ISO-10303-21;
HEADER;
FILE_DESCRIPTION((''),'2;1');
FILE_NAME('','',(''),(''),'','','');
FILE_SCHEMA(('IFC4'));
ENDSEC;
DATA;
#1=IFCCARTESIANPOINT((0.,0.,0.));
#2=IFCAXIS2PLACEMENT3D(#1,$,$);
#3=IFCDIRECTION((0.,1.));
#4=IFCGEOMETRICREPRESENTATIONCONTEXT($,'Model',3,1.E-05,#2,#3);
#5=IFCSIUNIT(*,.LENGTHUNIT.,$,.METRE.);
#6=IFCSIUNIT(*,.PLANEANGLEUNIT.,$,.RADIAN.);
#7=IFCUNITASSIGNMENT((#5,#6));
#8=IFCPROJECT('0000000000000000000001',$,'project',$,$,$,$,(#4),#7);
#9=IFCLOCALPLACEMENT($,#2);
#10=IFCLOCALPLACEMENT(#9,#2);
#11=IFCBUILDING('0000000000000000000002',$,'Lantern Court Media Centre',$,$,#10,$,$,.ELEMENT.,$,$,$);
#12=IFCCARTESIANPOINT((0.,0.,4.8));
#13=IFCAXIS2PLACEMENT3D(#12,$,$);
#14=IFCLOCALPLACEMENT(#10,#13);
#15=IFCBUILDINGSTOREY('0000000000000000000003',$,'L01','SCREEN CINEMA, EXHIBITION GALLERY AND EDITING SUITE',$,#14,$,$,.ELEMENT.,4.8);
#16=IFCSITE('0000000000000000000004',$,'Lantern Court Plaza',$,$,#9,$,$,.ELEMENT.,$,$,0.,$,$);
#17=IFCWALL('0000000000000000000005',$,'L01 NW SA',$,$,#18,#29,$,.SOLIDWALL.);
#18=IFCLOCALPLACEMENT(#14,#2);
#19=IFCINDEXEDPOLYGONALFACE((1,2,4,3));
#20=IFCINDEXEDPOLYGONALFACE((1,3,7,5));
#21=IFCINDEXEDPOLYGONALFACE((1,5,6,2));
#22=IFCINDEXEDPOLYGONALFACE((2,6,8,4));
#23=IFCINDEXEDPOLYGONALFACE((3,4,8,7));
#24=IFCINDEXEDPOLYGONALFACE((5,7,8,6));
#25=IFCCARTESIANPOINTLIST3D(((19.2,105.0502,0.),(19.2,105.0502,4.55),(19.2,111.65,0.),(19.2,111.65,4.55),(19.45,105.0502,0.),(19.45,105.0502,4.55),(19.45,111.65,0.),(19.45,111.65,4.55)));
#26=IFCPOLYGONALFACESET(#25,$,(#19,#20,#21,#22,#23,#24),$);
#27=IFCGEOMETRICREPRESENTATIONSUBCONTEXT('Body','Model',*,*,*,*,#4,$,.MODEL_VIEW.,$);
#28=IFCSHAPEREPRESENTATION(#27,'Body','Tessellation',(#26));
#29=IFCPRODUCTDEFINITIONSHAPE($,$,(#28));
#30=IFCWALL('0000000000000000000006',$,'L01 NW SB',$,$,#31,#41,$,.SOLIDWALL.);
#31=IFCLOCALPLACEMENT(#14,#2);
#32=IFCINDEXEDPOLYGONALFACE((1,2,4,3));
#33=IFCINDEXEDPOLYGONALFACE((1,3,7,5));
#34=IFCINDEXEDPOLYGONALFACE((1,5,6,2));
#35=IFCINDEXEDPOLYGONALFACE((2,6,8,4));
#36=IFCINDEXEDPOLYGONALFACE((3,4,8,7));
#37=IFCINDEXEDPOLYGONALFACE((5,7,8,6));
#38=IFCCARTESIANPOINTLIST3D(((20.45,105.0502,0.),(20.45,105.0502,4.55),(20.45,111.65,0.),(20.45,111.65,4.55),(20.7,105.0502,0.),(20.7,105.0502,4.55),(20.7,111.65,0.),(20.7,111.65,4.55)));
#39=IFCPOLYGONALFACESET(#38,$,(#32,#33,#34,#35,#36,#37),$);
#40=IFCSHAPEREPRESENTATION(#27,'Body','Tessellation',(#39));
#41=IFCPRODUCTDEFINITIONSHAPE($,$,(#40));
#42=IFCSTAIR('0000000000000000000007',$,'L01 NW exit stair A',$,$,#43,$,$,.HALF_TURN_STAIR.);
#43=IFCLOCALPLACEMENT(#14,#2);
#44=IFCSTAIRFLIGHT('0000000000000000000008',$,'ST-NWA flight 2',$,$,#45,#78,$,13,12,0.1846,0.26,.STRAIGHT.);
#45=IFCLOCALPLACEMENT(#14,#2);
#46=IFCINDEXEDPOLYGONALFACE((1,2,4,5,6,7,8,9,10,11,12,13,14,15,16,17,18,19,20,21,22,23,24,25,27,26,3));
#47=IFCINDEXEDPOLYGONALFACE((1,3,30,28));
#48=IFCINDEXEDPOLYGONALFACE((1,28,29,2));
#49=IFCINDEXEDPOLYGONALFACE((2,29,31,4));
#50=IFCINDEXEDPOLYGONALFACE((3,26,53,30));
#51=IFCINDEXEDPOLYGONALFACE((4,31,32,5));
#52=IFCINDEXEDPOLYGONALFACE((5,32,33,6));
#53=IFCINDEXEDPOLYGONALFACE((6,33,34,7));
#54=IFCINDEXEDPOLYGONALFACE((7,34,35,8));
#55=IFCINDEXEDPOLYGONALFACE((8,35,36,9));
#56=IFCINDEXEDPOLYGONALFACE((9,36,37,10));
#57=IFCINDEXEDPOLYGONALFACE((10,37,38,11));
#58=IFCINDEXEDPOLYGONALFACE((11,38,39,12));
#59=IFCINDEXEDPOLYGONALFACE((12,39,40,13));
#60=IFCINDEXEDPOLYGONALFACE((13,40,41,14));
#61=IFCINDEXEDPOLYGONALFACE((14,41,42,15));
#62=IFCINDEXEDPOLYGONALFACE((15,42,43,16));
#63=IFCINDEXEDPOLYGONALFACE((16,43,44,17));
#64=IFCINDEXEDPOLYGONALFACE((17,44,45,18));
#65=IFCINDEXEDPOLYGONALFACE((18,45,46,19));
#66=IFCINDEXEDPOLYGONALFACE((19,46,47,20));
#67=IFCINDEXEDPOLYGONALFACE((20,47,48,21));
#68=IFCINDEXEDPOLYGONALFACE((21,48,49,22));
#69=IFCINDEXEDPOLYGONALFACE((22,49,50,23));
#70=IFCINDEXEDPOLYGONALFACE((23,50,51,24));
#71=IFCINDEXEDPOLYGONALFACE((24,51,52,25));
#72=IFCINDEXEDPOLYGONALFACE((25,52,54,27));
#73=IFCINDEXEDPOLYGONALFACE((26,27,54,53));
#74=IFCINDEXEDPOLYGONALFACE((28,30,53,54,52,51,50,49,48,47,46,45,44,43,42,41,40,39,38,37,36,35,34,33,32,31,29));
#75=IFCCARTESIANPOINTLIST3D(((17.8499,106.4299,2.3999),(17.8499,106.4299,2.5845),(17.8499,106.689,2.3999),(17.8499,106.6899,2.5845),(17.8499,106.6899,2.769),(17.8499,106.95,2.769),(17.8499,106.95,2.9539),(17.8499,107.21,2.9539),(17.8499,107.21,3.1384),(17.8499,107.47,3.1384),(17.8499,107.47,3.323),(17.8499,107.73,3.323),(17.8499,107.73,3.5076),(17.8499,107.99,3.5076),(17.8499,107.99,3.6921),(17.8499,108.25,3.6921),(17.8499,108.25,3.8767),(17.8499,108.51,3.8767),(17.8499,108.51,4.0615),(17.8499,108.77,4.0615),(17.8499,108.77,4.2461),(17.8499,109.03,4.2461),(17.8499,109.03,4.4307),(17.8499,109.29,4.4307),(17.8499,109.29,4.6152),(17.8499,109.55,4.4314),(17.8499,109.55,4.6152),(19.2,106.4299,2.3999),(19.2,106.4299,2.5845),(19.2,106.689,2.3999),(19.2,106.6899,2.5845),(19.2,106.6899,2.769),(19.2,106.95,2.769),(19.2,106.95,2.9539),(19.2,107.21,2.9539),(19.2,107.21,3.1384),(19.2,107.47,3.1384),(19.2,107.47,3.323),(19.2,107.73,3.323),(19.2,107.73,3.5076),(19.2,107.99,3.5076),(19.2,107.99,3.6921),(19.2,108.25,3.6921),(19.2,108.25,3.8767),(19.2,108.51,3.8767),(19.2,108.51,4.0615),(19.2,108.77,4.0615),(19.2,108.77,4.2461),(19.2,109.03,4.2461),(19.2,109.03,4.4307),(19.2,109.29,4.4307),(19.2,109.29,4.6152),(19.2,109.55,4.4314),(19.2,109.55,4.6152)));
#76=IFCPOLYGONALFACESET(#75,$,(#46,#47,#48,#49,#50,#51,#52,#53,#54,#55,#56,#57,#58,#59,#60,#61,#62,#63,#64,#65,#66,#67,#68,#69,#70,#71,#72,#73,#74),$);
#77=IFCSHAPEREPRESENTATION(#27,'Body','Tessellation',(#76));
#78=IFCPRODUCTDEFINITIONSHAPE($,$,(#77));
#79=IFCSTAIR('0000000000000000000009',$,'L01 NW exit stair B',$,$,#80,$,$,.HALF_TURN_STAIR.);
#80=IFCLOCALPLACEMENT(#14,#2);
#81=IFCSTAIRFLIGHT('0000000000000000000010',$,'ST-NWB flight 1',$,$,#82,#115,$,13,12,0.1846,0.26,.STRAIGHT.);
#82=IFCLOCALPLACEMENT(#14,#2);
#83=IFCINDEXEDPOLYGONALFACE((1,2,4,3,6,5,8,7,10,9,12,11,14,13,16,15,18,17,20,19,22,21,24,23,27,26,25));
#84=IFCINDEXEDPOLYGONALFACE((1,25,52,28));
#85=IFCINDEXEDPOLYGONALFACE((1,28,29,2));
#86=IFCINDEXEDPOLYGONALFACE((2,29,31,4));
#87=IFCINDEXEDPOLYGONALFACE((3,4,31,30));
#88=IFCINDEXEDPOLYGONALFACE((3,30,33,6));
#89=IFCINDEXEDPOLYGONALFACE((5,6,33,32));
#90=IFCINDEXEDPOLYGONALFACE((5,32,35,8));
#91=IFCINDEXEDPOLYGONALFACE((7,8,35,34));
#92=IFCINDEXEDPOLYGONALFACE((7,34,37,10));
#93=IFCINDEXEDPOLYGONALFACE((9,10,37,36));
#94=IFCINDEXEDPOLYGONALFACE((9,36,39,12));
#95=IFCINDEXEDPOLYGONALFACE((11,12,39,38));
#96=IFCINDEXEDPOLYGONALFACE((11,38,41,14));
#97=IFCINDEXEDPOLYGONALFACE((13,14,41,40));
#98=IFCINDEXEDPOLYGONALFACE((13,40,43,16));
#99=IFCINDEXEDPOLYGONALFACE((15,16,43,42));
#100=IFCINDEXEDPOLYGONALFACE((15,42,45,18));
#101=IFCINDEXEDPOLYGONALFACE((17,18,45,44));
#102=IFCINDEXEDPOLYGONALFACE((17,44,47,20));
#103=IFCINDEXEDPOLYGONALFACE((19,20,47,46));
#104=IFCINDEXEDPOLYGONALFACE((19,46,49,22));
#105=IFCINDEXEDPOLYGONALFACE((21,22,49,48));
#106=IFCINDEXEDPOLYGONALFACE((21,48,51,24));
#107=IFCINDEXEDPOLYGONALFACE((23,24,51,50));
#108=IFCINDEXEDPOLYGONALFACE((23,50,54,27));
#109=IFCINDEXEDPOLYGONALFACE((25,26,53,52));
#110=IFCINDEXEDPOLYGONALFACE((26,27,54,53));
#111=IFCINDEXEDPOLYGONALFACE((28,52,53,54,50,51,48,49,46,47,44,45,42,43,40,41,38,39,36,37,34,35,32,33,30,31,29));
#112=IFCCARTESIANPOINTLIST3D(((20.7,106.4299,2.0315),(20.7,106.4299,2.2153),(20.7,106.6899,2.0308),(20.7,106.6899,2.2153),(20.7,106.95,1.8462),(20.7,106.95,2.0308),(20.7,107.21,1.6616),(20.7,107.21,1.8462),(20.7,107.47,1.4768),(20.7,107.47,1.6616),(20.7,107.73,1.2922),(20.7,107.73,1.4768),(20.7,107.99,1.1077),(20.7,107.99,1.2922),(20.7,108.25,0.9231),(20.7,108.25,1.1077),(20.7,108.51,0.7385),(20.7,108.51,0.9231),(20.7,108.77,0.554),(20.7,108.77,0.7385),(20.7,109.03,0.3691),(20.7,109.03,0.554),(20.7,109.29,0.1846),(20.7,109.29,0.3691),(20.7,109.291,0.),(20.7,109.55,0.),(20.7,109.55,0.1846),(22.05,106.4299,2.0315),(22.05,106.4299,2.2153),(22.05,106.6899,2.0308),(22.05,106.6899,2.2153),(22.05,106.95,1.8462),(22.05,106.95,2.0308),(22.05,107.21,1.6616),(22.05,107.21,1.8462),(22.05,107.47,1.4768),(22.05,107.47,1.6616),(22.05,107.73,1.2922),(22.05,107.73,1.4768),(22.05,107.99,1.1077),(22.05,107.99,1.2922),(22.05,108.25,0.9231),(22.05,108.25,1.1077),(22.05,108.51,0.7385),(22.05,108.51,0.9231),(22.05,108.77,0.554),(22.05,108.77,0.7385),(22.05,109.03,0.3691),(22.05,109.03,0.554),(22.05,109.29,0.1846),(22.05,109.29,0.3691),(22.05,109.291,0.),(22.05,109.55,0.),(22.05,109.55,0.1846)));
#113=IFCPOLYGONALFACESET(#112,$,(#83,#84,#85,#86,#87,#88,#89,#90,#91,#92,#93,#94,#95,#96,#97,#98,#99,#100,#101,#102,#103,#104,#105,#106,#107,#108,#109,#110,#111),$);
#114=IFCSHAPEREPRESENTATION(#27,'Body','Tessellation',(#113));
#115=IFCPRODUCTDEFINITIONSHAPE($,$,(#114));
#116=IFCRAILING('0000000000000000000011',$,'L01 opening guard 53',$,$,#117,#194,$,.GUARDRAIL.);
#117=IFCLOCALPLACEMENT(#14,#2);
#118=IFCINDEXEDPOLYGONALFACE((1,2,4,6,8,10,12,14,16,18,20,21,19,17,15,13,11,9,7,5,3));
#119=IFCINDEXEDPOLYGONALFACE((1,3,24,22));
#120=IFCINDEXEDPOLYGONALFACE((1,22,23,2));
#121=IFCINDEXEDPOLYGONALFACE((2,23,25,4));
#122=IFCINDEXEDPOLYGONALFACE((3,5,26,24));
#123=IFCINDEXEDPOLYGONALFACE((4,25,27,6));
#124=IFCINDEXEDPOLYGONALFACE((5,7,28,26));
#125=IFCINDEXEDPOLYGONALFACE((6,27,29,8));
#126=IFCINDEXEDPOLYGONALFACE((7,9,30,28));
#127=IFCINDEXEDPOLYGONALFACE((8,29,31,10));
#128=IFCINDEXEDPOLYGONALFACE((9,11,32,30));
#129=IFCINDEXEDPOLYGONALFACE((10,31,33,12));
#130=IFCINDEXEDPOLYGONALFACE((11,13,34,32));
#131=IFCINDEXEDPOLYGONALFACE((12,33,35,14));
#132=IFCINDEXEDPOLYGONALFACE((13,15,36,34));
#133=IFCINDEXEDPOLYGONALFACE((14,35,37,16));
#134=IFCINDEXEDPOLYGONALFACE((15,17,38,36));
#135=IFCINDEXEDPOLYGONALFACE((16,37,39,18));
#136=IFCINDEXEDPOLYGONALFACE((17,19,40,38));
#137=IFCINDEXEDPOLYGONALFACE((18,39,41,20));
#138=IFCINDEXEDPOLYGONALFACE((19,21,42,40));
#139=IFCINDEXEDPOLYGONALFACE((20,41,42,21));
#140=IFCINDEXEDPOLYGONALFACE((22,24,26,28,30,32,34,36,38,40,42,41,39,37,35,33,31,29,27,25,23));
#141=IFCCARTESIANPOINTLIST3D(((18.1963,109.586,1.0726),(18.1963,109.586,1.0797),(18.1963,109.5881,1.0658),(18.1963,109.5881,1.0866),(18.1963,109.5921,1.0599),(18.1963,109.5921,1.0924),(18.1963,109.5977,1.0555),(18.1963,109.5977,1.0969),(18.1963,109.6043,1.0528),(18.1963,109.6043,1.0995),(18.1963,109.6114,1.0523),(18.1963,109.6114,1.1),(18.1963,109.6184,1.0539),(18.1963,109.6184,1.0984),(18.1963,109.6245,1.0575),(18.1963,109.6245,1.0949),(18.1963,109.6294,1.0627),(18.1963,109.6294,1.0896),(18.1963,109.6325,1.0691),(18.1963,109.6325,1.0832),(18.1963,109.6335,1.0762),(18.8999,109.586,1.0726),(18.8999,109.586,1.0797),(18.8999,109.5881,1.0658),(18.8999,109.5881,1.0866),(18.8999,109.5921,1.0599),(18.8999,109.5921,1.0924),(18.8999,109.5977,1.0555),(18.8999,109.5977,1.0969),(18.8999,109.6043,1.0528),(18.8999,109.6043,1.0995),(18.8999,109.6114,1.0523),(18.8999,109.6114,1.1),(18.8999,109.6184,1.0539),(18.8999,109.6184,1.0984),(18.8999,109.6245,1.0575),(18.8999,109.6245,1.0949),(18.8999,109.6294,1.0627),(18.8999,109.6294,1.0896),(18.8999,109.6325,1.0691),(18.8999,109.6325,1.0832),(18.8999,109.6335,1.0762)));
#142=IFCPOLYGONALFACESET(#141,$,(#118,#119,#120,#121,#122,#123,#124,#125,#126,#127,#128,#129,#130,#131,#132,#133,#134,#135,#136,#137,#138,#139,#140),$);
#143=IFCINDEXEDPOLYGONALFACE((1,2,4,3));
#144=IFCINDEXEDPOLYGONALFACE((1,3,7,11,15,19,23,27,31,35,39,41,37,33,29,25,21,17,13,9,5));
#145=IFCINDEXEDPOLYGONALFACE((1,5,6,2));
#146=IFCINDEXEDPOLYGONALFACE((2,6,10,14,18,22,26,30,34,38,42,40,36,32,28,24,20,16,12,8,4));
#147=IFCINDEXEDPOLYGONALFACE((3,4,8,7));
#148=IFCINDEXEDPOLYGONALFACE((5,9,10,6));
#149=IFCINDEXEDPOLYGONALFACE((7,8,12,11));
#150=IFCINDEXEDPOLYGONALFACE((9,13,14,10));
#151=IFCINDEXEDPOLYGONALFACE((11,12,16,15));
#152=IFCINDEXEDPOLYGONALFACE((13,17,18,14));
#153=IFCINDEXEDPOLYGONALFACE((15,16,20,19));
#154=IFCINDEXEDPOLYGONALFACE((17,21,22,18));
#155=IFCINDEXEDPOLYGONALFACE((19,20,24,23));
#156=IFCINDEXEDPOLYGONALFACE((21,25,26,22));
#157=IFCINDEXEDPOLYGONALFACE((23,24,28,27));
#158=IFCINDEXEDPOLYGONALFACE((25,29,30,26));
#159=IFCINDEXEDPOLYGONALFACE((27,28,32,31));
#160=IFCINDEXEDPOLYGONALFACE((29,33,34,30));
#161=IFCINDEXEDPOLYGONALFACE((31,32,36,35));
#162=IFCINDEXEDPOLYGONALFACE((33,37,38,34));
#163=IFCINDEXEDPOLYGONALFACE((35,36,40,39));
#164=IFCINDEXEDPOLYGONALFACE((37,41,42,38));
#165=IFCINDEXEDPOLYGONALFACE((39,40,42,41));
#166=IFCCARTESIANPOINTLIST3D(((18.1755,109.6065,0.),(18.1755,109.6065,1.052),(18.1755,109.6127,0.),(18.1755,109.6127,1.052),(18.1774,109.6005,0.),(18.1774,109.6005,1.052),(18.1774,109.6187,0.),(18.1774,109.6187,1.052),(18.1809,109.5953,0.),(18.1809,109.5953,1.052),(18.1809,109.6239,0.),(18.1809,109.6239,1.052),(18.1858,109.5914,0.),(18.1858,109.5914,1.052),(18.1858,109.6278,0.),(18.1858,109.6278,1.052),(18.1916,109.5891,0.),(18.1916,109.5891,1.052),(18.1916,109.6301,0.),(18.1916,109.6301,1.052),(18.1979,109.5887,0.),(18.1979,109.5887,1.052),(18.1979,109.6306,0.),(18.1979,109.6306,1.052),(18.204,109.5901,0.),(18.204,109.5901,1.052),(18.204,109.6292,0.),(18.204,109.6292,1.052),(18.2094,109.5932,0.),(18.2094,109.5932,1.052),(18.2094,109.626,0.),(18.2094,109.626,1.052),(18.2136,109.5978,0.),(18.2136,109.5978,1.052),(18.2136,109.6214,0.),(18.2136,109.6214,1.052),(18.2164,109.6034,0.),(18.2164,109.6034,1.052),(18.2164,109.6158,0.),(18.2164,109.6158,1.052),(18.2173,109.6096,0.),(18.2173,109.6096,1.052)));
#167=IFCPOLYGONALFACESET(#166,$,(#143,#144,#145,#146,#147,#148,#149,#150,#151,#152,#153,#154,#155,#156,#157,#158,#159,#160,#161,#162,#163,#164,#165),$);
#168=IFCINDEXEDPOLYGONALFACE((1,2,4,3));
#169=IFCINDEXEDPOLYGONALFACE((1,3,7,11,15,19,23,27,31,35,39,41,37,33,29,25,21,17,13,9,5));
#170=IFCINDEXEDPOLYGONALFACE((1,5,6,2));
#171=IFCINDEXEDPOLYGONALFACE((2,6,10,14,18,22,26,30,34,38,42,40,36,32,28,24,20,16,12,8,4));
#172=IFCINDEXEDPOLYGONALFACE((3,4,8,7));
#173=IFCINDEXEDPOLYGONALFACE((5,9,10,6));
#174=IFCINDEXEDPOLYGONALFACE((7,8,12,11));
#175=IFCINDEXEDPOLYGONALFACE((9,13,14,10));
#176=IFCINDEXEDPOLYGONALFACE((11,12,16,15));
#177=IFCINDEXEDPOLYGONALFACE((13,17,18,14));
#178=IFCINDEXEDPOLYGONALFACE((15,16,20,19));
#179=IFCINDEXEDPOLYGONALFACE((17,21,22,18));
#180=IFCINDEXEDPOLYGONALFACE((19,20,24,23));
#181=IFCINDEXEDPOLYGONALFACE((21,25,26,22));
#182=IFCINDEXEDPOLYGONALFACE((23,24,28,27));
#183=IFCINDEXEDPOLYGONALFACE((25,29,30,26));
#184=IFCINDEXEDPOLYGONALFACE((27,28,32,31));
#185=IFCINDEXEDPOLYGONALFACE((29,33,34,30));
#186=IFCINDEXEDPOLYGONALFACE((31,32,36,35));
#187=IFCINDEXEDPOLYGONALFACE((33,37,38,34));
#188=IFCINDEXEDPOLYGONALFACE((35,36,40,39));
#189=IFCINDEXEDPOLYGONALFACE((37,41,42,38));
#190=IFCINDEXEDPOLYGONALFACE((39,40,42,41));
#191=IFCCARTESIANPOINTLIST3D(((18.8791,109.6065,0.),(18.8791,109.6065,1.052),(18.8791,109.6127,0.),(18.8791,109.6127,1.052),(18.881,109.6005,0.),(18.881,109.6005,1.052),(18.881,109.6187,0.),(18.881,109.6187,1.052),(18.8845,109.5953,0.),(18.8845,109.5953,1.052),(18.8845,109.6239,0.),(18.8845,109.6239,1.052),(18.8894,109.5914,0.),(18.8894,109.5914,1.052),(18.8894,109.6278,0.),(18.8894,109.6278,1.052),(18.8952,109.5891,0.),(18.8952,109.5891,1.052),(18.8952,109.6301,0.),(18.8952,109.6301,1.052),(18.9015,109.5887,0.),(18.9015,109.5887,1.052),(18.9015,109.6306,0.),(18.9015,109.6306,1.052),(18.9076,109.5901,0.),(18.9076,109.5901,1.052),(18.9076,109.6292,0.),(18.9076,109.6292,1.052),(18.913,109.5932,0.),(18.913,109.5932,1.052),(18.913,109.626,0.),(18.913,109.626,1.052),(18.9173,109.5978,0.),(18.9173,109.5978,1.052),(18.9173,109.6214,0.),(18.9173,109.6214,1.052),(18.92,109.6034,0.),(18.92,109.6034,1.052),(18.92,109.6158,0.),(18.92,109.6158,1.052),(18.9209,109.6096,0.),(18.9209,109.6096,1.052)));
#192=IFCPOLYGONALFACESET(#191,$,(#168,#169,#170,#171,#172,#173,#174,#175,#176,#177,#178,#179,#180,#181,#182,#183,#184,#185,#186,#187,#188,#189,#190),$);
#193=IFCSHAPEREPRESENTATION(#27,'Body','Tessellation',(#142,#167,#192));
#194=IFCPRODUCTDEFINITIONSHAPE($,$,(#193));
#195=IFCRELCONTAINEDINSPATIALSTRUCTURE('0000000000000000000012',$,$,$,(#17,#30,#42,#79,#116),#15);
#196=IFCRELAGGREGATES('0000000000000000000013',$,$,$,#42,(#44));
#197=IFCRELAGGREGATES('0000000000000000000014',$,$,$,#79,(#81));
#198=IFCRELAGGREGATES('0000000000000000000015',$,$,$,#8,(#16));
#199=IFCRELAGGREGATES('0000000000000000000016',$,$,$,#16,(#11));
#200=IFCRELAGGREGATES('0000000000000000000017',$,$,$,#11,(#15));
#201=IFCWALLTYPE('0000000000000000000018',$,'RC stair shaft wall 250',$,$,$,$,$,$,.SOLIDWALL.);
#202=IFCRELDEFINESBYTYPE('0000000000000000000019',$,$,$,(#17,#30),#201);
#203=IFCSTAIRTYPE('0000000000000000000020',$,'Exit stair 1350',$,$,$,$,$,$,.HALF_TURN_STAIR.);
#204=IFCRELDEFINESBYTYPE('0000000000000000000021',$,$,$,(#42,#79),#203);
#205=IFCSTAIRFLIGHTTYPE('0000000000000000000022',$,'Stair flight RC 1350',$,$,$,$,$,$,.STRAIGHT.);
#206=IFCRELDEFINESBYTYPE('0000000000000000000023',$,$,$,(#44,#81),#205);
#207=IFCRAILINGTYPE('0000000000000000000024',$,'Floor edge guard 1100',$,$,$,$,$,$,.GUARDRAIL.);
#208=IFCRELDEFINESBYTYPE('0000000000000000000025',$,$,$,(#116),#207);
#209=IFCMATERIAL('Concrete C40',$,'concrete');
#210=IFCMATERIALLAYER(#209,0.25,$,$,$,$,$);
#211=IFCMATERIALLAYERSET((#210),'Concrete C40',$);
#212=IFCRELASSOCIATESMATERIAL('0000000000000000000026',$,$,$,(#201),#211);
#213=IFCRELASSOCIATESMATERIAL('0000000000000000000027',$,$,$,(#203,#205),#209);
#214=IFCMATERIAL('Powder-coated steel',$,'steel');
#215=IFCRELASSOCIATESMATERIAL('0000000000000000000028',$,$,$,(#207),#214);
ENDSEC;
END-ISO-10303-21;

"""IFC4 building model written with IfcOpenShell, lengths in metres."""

from ifc_helpers import new_model, si_unit, direction, frame, frame_2d, origin, origin_2d, place, context, subcontext, project, spatial, polyline, rectangle, circle, outline, extrude, material, layer, layer_set, type_object, element, aggregate, save


model = new_model("IFC4")

# Units and contexts
model_context = context("Model", 3, precision=1e-05, world=origin(), true_north=direction((0.0, 1.0)))
body_context = subcontext(model_context, "Body", "Model", "MODEL_VIEW")
ifc_project = project(units=[si_unit("LENGTHUNIT", "METRE"), si_unit("PLANEANGLEUNIT", "RADIAN")], contexts=[model_context])

# Site, building, storey
site_placement = place(None, origin())
site = spatial("IfcSite", under=ifc_project, at=site_placement, Name="Lantern Court Plaza", CompositionType="ELEMENT", RefElevation=0.0)
building_placement = place(site_placement, origin())
building = spatial("IfcBuilding", under=site, at=building_placement, Name="Lantern Court Media Centre", CompositionType="ELEMENT")
storey_placement = place(building_placement, frame((0.0, 0.0, 4.8)))
storey = spatial("IfcBuildingStorey", under=building, at=storey_placement, Name="L01", Description="SCREEN CINEMA, EXHIBITION GALLERY AND EDITING SUITE", CompositionType="ELEMENT", Elevation=4.8)

# Walls
ifc_material_1 = material(Name="Concrete C40", Category="concrete")
ifc_layer_1 = layer(ifc_material_1, 0.25)
ifc_layer_set_1 = layer_set([ifc_layer_1], Name="Concrete C40")
wall_type = type_object("IfcWallType", Name="RC stair shaft wall 250", PredefinedType="SOLIDWALL", material=ifc_layer_set_1)
for number, where, z_axis, x_axis, name in (
    (1, (19.325, 111.6499, 0.0), (0.0, 0.0, 1.0), (0.0, -1.0, 0.0), "L01 NW SA"),
    (2, (20.575, 111.6499, 0.0), (0.0, 0.0, 1.0), (0.0, -1.0, 0.0), "L01 NW SB"),
):
    element("IfcWall", number, at=place(storey_placement, frame(where, z_axis=z_axis, x_axis=x_axis)), inside=storey, type_object=wall_type, Name=name, PredefinedType="SOLIDWALL", context=body_context, shape_type="SweptSolid", body=[
        extrude(rectangle(XDim=6.5999, YDim=0.25, at=frame_2d((3.2998, 0.0))), origin(), (0.0, 0.0, 1.0), 4.55),
    ])

# Stairs, stair flights
stair_type = type_object("IfcStairType", Name="Exit stair 1350", PredefinedType="HALF_TURN_STAIR", material=ifc_material_1)
stair_1_placement = place(storey_placement, origin())
stair_1 = element("IfcStair", 3, at=stair_1_placement, inside=storey, type_object=stair_type, Name="L01 NW exit stair A", PredefinedType="HALF_TURN_STAIR")
stair_flight_type = type_object("IfcStairFlightType", Name="Stair flight RC 1350", PredefinedType="STRAIGHT", material=ifc_material_1)
stair_flight_1_placement = place(storey_placement, frame((18.5249, 106.4299, 2.3999), z_axis=(0.0, 0.0, 1.0), x_axis=(0.0, 1.0, 0.0)))
stair_flight_1 = element("IfcStairFlight", 4, at=stair_flight_1_placement, type_object=stair_flight_type, Name="ST-NWA flight 2", NumberOfRisers=13, NumberOfTreads=12, PredefinedType="STRAIGHT", RiserHeight=0.1846, TreadLength=0.26, context=body_context, shape_type="SweptSolid", body=[
    extrude(outline(polyline([(0.0, 0.0), (0.0, 0.1846), (0.26, 0.1846), (0.26, 0.3691), (0.52, 0.3691), (0.52, 0.554), (0.78, 0.554), (0.78, 0.7385), (1.04, 0.7385), (1.04, 0.9231), (1.3, 0.9231), (1.3, 1.1077), (1.5601, 1.1077), (1.5601, 1.2922), (1.8201, 1.2922), (1.8201, 1.4768), (2.0801, 1.4768), (2.0801, 1.6616), (2.3401, 1.6616), (2.3401, 1.8462), (2.6001, 1.8462), (2.6001, 2.0308), (2.8601, 2.0308), (2.8601, 2.2153), (3.1201, 2.2153), (3.1201, 2.3999), (3.1201, 2.0315), (0.259, 0.0), (0.0, 0.0)])), frame((0.0, 0.675, 0.0), z_axis=(0.0, -1.0, 0.0), x_axis=(1.0, 0.0, 0.0)), (0.0, 0.0, 1.0), 1.3501),
])
aggregate(stair_1, [stair_flight_1])
stair_2_placement = place(storey_placement, origin())
stair_2 = element("IfcStair", 5, at=stair_2_placement, inside=storey, type_object=stair_type, Name="L01 NW exit stair B", PredefinedType="HALF_TURN_STAIR")
stair_flight_2_placement = place(storey_placement, frame((21.375, 109.55, 0.0), z_axis=(0.0, 0.0, 1.0), x_axis=(0.0, -1.0, 0.0)))
stair_flight_2 = element("IfcStairFlight", 6, at=stair_flight_2_placement, type_object=stair_flight_type, Name="ST-NWB flight 1", NumberOfRisers=13, NumberOfTreads=12, PredefinedType="STRAIGHT", RiserHeight=0.1846, TreadLength=0.26, context=body_context, shape_type="SweptSolid", body=[
    extrude(outline(polyline([(0.0, 0.0), (0.0, 0.1846), (0.26, 0.1846), (0.26, 0.3691), (0.52, 0.3691), (0.52, 0.554), (0.78, 0.554), (0.78, 0.7385), (1.04, 0.7385), (1.04, 0.9231), (1.3, 0.9231), (1.3, 1.1077), (1.5601, 1.1077), (1.5601, 1.2922), (1.8201, 1.2922), (1.8201, 1.4768), (2.0801, 1.4768), (2.0801, 1.6616), (2.3401, 1.6616), (2.3401, 1.8462), (2.6001, 1.8462), (2.6001, 2.0308), (2.8601, 2.0308), (2.8601, 2.2153), (3.1201, 2.2153), (3.1201, 2.3999), (3.1201, 2.0315), (0.259, 0.0), (0.0, 0.0)])), frame((0.0, 0.675, 0.0), z_axis=(0.0, -1.0, 0.0), x_axis=(1.0, 0.0, 0.0)), (0.0, 0.0, 1.0), 1.3501),
])
aggregate(stair_2, [stair_flight_2])

# Railing
ifc_material_2 = material(Name="Powder-coated steel", Category="steel")
railing_type_1 = type_object("IfcRailingType", Name="Floor edge guard 1100", PredefinedType="GUARDRAIL", material=ifc_material_2)
for number, where, name in (
    (7, (18.1963, 109.6096, 0.0), "L01 opening guard 53"),
):
    element("IfcRailing", number, at=place(storey_placement, frame(where)), inside=storey, type_object=railing_type_1, Name=name, PredefinedType="GUARDRAIL", context=body_context, shape_type="SweptSolid", body=[
        extrude(circle(Radius=0.0239, at=origin_2d()), frame((0.0, 0.0, 1.0762), z_axis=(1.0, 0.0, 0.0), x_axis=(0.0, 1.0, 0.0)), (0.0, 0.0, 1.0), 0.7036),
        extrude(circle(Radius=0.021, at=origin_2d()), origin(), (0.0, 0.0, 1.0), 1.052),
        extrude(circle(Radius=0.021, at=origin_2d()), frame((0.7036, 0.0, 0.0)), (0.0, 0.0, 1.0), 1.052),
    ])

save(model, "model.ifc")
